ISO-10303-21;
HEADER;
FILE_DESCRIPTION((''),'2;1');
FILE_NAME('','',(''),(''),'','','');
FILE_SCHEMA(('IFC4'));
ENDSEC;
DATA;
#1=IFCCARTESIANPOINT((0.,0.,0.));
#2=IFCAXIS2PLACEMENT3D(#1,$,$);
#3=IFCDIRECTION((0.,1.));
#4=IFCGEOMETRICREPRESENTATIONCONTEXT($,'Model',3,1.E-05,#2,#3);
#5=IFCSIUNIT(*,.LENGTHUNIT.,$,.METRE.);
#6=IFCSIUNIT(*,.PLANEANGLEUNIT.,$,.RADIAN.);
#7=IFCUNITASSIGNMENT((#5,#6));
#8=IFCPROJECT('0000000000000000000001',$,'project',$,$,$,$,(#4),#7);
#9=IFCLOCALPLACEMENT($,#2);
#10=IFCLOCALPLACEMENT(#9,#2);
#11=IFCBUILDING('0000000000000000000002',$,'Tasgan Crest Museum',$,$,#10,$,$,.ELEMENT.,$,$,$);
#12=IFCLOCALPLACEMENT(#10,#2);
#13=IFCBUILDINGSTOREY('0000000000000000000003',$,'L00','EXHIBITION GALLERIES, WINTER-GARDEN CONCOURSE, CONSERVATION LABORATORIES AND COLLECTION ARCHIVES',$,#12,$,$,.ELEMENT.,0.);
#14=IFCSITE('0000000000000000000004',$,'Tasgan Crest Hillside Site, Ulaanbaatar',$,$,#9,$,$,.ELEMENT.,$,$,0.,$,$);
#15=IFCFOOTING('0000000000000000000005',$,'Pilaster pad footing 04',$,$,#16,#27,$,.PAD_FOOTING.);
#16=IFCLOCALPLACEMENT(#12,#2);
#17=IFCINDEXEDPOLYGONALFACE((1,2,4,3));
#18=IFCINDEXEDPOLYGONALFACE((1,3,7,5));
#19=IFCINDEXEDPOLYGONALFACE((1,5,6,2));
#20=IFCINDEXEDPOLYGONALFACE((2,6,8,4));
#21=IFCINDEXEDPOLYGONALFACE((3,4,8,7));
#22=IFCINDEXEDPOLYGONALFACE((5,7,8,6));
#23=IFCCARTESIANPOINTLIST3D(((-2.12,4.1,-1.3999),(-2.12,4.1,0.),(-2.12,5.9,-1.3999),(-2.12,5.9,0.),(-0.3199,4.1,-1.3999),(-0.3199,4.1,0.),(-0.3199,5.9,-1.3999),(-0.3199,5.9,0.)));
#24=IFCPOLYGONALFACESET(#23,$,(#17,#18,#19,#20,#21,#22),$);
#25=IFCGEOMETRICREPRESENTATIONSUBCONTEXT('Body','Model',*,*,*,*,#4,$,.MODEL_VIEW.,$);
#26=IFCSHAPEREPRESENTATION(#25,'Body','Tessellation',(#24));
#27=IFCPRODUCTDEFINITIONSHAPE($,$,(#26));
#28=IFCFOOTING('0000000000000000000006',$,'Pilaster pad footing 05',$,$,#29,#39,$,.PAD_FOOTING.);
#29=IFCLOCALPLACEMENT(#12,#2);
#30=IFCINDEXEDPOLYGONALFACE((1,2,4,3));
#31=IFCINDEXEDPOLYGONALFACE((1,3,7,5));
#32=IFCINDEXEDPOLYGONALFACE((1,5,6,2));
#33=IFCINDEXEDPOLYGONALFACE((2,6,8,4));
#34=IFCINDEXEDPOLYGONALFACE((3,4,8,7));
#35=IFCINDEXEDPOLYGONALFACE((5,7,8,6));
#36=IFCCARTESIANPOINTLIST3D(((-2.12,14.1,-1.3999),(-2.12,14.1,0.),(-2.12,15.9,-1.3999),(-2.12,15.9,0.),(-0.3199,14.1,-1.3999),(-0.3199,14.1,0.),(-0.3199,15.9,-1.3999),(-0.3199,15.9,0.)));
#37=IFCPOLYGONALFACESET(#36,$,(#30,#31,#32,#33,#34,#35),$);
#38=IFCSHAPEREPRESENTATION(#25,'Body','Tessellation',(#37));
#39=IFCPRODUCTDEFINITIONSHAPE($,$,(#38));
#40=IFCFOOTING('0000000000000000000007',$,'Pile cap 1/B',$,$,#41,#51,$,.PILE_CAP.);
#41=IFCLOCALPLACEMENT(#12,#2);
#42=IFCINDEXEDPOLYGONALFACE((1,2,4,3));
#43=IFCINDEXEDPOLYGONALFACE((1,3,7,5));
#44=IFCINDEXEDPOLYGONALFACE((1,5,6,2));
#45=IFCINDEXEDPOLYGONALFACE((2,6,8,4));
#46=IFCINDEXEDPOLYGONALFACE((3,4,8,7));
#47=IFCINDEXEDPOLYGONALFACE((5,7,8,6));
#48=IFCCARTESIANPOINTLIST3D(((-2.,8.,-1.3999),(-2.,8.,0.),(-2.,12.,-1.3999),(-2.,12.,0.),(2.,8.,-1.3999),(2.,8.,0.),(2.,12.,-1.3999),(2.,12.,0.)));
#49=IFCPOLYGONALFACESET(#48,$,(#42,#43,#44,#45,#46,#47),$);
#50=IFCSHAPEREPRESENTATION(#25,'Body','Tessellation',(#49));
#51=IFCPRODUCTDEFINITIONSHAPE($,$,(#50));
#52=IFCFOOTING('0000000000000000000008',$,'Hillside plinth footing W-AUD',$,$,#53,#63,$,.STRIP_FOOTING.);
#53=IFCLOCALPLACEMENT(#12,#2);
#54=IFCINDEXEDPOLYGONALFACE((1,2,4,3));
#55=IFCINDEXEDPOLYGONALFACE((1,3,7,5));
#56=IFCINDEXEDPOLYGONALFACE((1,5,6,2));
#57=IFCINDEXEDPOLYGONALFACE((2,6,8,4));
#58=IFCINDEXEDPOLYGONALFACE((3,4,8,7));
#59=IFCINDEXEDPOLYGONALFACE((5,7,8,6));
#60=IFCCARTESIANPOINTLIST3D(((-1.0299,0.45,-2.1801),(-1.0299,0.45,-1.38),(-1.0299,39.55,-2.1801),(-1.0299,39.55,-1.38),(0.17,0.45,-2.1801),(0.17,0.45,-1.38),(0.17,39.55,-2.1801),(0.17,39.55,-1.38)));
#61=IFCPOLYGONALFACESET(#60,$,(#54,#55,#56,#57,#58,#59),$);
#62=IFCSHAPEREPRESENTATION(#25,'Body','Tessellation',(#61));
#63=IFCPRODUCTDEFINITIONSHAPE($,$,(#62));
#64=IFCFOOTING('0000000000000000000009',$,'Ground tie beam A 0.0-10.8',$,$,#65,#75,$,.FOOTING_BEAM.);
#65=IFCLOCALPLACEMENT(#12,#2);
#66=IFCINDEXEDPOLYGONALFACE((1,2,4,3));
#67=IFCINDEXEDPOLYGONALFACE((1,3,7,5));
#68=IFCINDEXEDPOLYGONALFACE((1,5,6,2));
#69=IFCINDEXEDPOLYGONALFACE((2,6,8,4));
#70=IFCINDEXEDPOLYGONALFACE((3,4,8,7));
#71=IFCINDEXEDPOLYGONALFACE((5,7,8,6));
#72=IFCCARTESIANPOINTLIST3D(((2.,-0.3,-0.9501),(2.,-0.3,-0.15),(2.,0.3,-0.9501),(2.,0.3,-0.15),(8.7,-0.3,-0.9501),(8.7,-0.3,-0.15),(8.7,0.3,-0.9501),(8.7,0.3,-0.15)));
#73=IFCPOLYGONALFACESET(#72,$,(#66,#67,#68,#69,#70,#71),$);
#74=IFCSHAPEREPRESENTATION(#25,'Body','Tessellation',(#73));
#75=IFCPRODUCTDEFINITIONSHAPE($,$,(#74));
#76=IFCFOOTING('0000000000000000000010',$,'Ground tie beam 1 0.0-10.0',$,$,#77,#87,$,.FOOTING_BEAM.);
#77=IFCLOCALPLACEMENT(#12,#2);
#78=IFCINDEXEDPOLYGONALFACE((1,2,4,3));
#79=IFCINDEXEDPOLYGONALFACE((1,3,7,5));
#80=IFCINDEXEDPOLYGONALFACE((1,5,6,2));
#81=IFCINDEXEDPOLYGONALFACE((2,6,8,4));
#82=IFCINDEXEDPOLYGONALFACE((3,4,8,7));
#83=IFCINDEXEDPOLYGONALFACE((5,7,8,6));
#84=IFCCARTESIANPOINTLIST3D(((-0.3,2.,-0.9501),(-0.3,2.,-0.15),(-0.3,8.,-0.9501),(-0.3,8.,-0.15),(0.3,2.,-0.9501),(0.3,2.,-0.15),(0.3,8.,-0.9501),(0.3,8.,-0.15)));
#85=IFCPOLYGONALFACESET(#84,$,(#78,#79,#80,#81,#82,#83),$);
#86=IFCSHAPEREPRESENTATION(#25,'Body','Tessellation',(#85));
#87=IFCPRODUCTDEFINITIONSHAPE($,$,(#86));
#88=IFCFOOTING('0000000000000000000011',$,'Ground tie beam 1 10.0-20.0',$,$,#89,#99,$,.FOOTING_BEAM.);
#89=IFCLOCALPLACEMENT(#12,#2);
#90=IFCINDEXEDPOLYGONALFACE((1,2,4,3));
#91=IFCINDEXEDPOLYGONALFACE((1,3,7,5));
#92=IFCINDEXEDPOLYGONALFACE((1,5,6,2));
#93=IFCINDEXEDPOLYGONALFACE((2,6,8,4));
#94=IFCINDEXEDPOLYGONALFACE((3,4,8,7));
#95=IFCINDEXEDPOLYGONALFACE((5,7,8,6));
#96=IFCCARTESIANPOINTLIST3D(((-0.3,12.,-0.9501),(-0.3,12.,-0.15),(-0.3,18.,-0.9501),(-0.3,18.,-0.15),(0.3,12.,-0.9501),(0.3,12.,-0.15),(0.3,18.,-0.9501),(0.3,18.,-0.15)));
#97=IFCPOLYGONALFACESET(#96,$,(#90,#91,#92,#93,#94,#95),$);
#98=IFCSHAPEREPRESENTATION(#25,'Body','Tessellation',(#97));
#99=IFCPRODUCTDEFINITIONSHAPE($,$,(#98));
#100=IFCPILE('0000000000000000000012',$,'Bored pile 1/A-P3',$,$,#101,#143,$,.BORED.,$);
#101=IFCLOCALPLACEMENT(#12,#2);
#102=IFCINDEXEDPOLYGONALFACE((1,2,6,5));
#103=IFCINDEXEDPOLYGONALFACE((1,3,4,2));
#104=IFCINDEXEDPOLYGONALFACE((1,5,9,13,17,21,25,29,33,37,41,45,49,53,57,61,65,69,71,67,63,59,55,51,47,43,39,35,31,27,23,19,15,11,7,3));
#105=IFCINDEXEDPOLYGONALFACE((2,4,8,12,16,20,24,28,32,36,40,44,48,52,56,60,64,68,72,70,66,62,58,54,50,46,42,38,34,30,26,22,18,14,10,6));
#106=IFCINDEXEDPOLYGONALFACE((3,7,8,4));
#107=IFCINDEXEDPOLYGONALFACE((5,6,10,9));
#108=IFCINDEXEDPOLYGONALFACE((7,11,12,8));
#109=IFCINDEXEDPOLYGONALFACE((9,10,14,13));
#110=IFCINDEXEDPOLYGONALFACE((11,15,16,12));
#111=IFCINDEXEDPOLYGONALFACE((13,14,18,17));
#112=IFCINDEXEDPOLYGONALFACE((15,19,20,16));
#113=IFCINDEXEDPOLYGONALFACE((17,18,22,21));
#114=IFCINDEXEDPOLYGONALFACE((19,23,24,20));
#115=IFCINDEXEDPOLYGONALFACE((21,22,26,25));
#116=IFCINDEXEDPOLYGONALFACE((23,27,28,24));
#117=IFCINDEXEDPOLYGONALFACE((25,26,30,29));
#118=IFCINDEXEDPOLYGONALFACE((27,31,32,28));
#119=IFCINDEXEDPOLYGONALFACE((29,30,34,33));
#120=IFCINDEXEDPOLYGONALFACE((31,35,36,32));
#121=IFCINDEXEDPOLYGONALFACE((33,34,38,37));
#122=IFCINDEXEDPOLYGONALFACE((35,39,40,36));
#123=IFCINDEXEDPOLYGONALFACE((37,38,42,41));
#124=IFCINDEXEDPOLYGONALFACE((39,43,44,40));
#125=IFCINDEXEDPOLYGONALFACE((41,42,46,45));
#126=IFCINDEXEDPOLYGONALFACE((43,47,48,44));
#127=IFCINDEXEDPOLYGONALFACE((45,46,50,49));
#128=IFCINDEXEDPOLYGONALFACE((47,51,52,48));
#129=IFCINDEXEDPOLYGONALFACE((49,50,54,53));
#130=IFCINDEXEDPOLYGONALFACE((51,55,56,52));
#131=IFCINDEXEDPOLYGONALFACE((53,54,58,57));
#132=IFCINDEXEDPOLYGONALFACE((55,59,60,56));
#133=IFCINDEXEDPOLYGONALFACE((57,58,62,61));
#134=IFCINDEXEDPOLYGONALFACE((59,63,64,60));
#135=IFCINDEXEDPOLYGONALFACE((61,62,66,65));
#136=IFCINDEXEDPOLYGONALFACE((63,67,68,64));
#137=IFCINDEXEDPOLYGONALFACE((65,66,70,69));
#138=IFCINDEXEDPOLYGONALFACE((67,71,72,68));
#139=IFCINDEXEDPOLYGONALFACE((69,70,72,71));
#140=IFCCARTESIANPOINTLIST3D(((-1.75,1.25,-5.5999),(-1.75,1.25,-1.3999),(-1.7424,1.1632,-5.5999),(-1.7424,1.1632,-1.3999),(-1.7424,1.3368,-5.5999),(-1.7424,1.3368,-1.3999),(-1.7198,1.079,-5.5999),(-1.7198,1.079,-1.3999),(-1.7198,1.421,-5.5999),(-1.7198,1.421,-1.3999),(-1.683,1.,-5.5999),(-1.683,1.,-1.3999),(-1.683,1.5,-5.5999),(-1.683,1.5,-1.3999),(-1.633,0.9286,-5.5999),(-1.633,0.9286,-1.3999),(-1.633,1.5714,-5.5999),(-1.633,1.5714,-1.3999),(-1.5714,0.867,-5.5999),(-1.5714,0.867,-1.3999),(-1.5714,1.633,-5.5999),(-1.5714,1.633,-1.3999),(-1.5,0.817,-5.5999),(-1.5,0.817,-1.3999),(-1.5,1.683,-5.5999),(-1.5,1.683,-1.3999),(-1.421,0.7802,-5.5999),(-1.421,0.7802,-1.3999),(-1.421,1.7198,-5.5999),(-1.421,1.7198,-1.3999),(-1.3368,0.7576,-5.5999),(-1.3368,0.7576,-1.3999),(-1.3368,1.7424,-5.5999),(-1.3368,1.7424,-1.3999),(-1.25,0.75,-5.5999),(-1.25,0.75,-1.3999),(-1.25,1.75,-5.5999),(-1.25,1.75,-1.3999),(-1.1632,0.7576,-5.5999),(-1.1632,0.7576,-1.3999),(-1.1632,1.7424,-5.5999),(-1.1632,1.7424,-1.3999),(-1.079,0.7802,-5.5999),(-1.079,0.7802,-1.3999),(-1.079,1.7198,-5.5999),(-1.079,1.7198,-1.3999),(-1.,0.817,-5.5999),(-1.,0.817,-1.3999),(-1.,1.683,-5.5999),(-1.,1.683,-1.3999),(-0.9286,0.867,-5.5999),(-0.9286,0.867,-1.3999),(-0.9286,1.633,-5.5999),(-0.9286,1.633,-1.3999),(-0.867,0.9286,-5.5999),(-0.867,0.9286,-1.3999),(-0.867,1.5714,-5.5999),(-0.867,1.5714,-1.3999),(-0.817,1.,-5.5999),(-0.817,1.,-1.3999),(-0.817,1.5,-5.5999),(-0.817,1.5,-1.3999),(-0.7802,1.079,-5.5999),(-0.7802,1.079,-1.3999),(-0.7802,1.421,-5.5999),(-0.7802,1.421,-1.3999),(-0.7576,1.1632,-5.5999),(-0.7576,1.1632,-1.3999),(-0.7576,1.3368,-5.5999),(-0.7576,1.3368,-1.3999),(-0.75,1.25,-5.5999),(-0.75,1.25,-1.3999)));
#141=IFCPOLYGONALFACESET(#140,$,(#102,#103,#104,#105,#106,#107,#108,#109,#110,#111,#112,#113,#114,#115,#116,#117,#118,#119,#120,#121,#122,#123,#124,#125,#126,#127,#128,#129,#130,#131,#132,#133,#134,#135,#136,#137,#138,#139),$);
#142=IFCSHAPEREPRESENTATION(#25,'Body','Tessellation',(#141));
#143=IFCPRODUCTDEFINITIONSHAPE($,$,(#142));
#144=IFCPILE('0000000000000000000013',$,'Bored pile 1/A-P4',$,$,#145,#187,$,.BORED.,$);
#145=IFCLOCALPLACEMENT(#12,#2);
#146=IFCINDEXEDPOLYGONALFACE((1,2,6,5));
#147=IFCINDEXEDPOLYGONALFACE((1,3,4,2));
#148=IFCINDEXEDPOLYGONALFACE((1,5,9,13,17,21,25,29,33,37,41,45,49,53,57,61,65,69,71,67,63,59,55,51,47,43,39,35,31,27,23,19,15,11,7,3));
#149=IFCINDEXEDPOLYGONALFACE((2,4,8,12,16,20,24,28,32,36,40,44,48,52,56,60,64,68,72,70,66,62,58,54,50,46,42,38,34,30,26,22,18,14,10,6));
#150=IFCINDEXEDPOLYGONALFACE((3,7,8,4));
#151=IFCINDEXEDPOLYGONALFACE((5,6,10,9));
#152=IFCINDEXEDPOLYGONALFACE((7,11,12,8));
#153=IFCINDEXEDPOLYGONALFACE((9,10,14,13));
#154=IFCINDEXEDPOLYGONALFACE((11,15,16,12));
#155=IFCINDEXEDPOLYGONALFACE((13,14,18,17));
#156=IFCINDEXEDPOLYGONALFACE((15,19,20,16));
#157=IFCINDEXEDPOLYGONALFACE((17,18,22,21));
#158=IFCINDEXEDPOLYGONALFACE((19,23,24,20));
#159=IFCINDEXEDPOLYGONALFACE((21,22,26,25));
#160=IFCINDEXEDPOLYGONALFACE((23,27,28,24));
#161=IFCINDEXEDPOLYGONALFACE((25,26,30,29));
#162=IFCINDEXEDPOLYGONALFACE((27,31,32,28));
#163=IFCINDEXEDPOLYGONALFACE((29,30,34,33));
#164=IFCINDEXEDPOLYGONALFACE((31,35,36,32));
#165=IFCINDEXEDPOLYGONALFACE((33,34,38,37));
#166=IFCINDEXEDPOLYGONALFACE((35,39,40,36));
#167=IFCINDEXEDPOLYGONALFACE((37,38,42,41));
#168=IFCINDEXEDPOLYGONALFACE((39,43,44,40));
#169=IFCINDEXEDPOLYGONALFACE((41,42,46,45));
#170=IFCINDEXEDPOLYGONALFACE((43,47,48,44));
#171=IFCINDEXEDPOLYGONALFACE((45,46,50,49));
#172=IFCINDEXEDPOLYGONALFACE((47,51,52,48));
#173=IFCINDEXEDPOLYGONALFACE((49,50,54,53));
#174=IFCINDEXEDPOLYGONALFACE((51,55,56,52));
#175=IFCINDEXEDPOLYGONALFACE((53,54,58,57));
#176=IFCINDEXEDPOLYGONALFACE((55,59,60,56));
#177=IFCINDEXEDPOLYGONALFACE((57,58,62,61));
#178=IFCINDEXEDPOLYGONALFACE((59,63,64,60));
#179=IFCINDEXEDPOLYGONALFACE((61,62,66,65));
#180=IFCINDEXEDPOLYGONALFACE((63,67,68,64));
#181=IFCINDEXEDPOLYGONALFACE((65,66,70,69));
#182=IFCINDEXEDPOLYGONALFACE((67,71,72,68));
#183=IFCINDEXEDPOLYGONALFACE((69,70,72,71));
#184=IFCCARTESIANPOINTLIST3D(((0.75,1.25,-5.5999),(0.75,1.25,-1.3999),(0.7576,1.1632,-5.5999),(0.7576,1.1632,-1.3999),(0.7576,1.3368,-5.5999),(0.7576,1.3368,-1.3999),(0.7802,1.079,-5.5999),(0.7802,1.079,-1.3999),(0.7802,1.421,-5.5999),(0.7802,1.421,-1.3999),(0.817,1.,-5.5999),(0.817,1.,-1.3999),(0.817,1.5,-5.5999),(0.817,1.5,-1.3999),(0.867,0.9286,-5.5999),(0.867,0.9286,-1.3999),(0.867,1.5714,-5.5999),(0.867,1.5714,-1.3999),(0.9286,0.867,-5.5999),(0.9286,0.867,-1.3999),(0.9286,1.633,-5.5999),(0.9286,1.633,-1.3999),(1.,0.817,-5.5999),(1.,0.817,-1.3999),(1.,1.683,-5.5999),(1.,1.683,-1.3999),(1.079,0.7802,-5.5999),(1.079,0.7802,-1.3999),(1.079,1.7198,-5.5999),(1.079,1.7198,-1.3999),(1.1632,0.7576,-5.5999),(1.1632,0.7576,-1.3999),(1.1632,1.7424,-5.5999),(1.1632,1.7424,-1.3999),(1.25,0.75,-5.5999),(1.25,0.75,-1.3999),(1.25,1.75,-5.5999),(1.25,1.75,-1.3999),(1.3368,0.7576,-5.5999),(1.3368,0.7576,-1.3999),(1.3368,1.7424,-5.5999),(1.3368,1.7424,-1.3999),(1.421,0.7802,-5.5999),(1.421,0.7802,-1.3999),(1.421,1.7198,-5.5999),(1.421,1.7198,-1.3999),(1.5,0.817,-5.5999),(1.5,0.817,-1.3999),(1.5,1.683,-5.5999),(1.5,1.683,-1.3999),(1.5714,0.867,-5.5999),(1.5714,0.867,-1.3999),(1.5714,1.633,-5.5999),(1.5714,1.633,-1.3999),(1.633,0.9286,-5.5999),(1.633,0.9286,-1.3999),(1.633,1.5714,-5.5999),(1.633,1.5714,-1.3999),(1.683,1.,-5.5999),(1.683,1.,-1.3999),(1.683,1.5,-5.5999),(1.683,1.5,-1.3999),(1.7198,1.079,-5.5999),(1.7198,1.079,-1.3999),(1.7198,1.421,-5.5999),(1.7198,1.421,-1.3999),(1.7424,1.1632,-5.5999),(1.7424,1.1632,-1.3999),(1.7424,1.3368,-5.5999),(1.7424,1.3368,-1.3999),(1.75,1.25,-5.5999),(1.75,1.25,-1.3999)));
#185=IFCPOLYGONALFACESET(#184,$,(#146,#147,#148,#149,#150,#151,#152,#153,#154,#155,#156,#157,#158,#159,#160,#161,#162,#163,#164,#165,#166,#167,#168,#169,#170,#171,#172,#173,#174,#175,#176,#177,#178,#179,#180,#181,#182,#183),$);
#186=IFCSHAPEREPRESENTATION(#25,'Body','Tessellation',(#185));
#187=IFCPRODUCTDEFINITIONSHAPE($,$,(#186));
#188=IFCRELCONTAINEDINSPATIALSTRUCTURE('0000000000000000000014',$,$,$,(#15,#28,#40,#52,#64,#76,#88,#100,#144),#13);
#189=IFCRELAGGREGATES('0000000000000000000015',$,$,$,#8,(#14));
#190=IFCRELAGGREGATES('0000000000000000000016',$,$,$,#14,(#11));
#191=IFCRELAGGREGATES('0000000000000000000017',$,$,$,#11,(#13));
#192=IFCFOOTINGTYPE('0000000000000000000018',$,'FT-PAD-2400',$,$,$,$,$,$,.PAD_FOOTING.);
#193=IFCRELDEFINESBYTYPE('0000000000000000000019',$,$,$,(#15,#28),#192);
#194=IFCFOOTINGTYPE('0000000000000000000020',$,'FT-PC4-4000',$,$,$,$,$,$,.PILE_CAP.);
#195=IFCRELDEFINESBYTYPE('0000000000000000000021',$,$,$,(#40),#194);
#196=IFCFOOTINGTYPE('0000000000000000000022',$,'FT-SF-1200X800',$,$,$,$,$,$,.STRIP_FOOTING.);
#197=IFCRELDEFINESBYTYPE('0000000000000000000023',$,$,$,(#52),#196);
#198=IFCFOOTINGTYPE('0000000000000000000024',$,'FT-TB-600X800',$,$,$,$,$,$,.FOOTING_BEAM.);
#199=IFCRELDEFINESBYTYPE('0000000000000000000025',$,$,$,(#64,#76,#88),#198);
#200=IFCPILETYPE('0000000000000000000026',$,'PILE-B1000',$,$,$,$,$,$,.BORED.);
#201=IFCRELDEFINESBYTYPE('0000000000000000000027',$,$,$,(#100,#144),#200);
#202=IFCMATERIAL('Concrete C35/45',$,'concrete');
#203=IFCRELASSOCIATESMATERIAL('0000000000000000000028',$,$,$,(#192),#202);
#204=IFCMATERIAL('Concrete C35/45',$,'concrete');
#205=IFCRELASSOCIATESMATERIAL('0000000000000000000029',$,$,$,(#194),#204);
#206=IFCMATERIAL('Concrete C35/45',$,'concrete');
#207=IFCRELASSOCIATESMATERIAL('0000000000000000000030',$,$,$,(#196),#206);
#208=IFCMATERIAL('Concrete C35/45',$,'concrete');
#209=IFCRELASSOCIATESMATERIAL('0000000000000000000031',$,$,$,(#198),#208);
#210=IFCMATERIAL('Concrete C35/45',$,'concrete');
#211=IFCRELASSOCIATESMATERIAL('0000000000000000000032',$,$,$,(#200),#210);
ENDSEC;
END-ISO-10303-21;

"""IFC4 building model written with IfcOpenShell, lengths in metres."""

from ifc_helpers import new_model, si_unit, direction, frame, origin, origin_2d, place, context, subcontext, project, spatial, rectangle, circle, extrude, material, material_profile, profile_set, type_object, element, save


model = new_model("IFC4")

# Units and contexts
model_context = context("Model", 3, precision=1e-05, world=origin(), true_north=direction((0.0, 1.0)))
body_context = subcontext(model_context, "Body", "Model", "MODEL_VIEW")
ifc_project = project(units=[si_unit("LENGTHUNIT", "METRE"), si_unit("PLANEANGLEUNIT", "RADIAN")], contexts=[model_context])

# Site, building, storey
site_placement = place(None, origin())
site = spatial("IfcSite", under=ifc_project, at=site_placement, Name="Tasgan Crest Hillside Site, Ulaanbaatar", CompositionType="ELEMENT", RefElevation=0.0)
building_placement = place(site_placement, origin())
building = spatial("IfcBuilding", under=site, at=building_placement, Name="Tasgan Crest Museum", CompositionType="ELEMENT")
storey_placement = place(building_placement, origin())
storey = spatial("IfcBuildingStorey", under=building, at=storey_placement, Name="L00", Description="EXHIBITION GALLERIES, WINTER-GARDEN CONCOURSE, CONSERVATION LABORATORIES AND COLLECTION ARCHIVES", CompositionType="ELEMENT", Elevation=0.0)

# Footings
ifc_material_1 = material(Name="Concrete C35/45", Category="concrete")
footing_type_1 = type_object("IfcFootingType", Name="FT-PAD-2400", PredefinedType="PAD_FOOTING", material=ifc_material_1)
for number, where, z_axis, x_axis, name in (
    (1, (-1.22, 5.0, -1.3999), (0.0, 0.0, 1.0), (1.0, 0.0, 0.0), "Pilaster pad footing 04"),
    (2, (-1.22, 15.0, -1.3999), (0.0, 0.0, 1.0), (1.0, 0.0, 0.0), "Pilaster pad footing 05"),
):
    element("IfcFooting", number, at=place(storey_placement, frame(where, z_axis=z_axis, x_axis=x_axis)), inside=storey, type_object=footing_type_1, Name=name, PredefinedType="PAD_FOOTING", context=body_context, shape_type="SweptSolid", body=[
        extrude(rectangle(XDim=1.8, YDim=1.8, at=origin_2d()), origin(), (0.0, 0.0, 1.0), 1.3999),
    ])
ifc_material_2 = material(Name="Concrete C35/45", Category="concrete")
footing_type_2 = type_object("IfcFootingType", Name="FT-PC4-4000", PredefinedType="PILE_CAP", material=ifc_material_2)
footing_1_placement = place(storey_placement, frame((0.0, 10.0, -1.3999), z_axis=(0.0, 0.0, 1.0), x_axis=(1.0, 0.0, 0.0)))
element("IfcFooting", 3, at=footing_1_placement, inside=storey, type_object=footing_type_2, Name="Pile cap 1/B", PredefinedType="PILE_CAP", context=body_context, shape_type="SweptSolid", body=[
    extrude(rectangle(XDim=4.0, YDim=4.0, at=origin_2d()), origin(), (0.0, 0.0, 1.0), 1.3999),
])
ifc_material_3 = material(Name="Concrete C35/45", Category="concrete")
ifc_material_profile_1 = material_profile(ifc_material_3, rectangle(XDim=1.2, YDim=0.8, at=origin_2d()), Name="SF 1200x800")
ifc_profile_set_1 = profile_set([ifc_material_profile_1], Name="Concrete C35/45")
footing_type_3 = type_object("IfcFootingType", Name="FT-SF-1200X800", PredefinedType="STRIP_FOOTING", material=ifc_profile_set_1)
footing_2_placement = place(storey_placement, frame((-0.4299, 0.45, -1.78), z_axis=(0.0, 1.0, 0.0), x_axis=(-1.0, 0.0, 0.0)))
element("IfcFooting", 4, at=footing_2_placement, inside=storey, type_object=footing_type_3, Name="Hillside plinth footing W-AUD", PredefinedType="STRIP_FOOTING", context=body_context, shape_type="SweptSolid", body=[
    extrude(rectangle(XDim=1.2, YDim=0.8, at=origin_2d()), origin(), (0.0, 0.0, 1.0), 39.1001),
])
ifc_material_4 = material(Name="Concrete C35/45", Category="concrete")
ifc_material_profile_2 = material_profile(ifc_material_4, rectangle(XDim=0.6001, YDim=0.8, at=origin_2d()), Name="TB 600x800")
ifc_profile_set_2 = profile_set([ifc_material_profile_2], Name="Concrete C35/45")
footing_type_4 = type_object("IfcFootingType", Name="FT-TB-600X800", PredefinedType="FOOTING_BEAM", material=ifc_profile_set_2)
footing_3_placement = place(storey_placement, frame((2.0, 0.0, -0.55), z_axis=(1.0, 0.0, 0.0), x_axis=(0.0, 1.0, 0.0)))
element("IfcFooting", 5, at=footing_3_placement, inside=storey, type_object=footing_type_4, Name="Ground tie beam A 0.0-10.8", PredefinedType="FOOTING_BEAM", context=body_context, shape_type="SweptSolid", body=[
    extrude(rectangle(XDim=0.6001, YDim=0.8, at=origin_2d()), origin(), (0.0, 0.0, 1.0), 6.7),
])
for number, where, z_axis, x_axis, name in (
    (6, (0.0, 2.0, -0.55), (0.0, 1.0, 0.0), (-1.0, 0.0, 0.0), "Ground tie beam 1 0.0-10.0"),
    (7, (0.0, 12.0, -0.55), (0.0, 1.0, 0.0), (-1.0, 0.0, 0.0), "Ground tie beam 1 10.0-20.0"),
):
    element("IfcFooting", number, at=place(storey_placement, frame(where, z_axis=z_axis, x_axis=x_axis)), inside=storey, type_object=footing_type_4, Name=name, PredefinedType="FOOTING_BEAM", context=body_context, shape_type="SweptSolid", body=[
        extrude(rectangle(XDim=0.6001, YDim=0.8, at=origin_2d()), origin(), (0.0, 0.0, 1.0), 6.0),
    ])

# Piles
ifc_material_5 = material(Name="Concrete C35/45", Category="concrete")
ifc_material_profile_3 = material_profile(ifc_material_5, circle(Radius=0.5, at=origin_2d()), Name="PILE D1000")
ifc_profile_set_3 = profile_set([ifc_material_profile_3], Name="Concrete C35/45")
pile_type = type_object("IfcPileType", Name="PILE-B1000", PredefinedType="BORED", material=ifc_profile_set_3)
for number, where, z_axis, x_axis, name in (
    (8, (-1.25, 1.25, -1.3999), (0.0, 0.0, -1.0), (1.0, 0.0, 0.0), "Bored pile 1/A-P3"),
    (9, (1.25, 1.25, -1.3999), (0.0, 0.0, -1.0), (1.0, 0.0, 0.0), "Bored pile 1/A-P4"),
):
    element("IfcPile", number, at=place(storey_placement, frame(where, z_axis=z_axis, x_axis=x_axis)), inside=storey, type_object=pile_type, Name=name, PredefinedType="BORED", context=body_context, shape_type="SweptSolid", body=[
        extrude(circle(Radius=0.5, at=origin_2d()), origin(), (0.0, 0.0, 1.0), 4.2),
    ])

save(model, "model.ifc")
